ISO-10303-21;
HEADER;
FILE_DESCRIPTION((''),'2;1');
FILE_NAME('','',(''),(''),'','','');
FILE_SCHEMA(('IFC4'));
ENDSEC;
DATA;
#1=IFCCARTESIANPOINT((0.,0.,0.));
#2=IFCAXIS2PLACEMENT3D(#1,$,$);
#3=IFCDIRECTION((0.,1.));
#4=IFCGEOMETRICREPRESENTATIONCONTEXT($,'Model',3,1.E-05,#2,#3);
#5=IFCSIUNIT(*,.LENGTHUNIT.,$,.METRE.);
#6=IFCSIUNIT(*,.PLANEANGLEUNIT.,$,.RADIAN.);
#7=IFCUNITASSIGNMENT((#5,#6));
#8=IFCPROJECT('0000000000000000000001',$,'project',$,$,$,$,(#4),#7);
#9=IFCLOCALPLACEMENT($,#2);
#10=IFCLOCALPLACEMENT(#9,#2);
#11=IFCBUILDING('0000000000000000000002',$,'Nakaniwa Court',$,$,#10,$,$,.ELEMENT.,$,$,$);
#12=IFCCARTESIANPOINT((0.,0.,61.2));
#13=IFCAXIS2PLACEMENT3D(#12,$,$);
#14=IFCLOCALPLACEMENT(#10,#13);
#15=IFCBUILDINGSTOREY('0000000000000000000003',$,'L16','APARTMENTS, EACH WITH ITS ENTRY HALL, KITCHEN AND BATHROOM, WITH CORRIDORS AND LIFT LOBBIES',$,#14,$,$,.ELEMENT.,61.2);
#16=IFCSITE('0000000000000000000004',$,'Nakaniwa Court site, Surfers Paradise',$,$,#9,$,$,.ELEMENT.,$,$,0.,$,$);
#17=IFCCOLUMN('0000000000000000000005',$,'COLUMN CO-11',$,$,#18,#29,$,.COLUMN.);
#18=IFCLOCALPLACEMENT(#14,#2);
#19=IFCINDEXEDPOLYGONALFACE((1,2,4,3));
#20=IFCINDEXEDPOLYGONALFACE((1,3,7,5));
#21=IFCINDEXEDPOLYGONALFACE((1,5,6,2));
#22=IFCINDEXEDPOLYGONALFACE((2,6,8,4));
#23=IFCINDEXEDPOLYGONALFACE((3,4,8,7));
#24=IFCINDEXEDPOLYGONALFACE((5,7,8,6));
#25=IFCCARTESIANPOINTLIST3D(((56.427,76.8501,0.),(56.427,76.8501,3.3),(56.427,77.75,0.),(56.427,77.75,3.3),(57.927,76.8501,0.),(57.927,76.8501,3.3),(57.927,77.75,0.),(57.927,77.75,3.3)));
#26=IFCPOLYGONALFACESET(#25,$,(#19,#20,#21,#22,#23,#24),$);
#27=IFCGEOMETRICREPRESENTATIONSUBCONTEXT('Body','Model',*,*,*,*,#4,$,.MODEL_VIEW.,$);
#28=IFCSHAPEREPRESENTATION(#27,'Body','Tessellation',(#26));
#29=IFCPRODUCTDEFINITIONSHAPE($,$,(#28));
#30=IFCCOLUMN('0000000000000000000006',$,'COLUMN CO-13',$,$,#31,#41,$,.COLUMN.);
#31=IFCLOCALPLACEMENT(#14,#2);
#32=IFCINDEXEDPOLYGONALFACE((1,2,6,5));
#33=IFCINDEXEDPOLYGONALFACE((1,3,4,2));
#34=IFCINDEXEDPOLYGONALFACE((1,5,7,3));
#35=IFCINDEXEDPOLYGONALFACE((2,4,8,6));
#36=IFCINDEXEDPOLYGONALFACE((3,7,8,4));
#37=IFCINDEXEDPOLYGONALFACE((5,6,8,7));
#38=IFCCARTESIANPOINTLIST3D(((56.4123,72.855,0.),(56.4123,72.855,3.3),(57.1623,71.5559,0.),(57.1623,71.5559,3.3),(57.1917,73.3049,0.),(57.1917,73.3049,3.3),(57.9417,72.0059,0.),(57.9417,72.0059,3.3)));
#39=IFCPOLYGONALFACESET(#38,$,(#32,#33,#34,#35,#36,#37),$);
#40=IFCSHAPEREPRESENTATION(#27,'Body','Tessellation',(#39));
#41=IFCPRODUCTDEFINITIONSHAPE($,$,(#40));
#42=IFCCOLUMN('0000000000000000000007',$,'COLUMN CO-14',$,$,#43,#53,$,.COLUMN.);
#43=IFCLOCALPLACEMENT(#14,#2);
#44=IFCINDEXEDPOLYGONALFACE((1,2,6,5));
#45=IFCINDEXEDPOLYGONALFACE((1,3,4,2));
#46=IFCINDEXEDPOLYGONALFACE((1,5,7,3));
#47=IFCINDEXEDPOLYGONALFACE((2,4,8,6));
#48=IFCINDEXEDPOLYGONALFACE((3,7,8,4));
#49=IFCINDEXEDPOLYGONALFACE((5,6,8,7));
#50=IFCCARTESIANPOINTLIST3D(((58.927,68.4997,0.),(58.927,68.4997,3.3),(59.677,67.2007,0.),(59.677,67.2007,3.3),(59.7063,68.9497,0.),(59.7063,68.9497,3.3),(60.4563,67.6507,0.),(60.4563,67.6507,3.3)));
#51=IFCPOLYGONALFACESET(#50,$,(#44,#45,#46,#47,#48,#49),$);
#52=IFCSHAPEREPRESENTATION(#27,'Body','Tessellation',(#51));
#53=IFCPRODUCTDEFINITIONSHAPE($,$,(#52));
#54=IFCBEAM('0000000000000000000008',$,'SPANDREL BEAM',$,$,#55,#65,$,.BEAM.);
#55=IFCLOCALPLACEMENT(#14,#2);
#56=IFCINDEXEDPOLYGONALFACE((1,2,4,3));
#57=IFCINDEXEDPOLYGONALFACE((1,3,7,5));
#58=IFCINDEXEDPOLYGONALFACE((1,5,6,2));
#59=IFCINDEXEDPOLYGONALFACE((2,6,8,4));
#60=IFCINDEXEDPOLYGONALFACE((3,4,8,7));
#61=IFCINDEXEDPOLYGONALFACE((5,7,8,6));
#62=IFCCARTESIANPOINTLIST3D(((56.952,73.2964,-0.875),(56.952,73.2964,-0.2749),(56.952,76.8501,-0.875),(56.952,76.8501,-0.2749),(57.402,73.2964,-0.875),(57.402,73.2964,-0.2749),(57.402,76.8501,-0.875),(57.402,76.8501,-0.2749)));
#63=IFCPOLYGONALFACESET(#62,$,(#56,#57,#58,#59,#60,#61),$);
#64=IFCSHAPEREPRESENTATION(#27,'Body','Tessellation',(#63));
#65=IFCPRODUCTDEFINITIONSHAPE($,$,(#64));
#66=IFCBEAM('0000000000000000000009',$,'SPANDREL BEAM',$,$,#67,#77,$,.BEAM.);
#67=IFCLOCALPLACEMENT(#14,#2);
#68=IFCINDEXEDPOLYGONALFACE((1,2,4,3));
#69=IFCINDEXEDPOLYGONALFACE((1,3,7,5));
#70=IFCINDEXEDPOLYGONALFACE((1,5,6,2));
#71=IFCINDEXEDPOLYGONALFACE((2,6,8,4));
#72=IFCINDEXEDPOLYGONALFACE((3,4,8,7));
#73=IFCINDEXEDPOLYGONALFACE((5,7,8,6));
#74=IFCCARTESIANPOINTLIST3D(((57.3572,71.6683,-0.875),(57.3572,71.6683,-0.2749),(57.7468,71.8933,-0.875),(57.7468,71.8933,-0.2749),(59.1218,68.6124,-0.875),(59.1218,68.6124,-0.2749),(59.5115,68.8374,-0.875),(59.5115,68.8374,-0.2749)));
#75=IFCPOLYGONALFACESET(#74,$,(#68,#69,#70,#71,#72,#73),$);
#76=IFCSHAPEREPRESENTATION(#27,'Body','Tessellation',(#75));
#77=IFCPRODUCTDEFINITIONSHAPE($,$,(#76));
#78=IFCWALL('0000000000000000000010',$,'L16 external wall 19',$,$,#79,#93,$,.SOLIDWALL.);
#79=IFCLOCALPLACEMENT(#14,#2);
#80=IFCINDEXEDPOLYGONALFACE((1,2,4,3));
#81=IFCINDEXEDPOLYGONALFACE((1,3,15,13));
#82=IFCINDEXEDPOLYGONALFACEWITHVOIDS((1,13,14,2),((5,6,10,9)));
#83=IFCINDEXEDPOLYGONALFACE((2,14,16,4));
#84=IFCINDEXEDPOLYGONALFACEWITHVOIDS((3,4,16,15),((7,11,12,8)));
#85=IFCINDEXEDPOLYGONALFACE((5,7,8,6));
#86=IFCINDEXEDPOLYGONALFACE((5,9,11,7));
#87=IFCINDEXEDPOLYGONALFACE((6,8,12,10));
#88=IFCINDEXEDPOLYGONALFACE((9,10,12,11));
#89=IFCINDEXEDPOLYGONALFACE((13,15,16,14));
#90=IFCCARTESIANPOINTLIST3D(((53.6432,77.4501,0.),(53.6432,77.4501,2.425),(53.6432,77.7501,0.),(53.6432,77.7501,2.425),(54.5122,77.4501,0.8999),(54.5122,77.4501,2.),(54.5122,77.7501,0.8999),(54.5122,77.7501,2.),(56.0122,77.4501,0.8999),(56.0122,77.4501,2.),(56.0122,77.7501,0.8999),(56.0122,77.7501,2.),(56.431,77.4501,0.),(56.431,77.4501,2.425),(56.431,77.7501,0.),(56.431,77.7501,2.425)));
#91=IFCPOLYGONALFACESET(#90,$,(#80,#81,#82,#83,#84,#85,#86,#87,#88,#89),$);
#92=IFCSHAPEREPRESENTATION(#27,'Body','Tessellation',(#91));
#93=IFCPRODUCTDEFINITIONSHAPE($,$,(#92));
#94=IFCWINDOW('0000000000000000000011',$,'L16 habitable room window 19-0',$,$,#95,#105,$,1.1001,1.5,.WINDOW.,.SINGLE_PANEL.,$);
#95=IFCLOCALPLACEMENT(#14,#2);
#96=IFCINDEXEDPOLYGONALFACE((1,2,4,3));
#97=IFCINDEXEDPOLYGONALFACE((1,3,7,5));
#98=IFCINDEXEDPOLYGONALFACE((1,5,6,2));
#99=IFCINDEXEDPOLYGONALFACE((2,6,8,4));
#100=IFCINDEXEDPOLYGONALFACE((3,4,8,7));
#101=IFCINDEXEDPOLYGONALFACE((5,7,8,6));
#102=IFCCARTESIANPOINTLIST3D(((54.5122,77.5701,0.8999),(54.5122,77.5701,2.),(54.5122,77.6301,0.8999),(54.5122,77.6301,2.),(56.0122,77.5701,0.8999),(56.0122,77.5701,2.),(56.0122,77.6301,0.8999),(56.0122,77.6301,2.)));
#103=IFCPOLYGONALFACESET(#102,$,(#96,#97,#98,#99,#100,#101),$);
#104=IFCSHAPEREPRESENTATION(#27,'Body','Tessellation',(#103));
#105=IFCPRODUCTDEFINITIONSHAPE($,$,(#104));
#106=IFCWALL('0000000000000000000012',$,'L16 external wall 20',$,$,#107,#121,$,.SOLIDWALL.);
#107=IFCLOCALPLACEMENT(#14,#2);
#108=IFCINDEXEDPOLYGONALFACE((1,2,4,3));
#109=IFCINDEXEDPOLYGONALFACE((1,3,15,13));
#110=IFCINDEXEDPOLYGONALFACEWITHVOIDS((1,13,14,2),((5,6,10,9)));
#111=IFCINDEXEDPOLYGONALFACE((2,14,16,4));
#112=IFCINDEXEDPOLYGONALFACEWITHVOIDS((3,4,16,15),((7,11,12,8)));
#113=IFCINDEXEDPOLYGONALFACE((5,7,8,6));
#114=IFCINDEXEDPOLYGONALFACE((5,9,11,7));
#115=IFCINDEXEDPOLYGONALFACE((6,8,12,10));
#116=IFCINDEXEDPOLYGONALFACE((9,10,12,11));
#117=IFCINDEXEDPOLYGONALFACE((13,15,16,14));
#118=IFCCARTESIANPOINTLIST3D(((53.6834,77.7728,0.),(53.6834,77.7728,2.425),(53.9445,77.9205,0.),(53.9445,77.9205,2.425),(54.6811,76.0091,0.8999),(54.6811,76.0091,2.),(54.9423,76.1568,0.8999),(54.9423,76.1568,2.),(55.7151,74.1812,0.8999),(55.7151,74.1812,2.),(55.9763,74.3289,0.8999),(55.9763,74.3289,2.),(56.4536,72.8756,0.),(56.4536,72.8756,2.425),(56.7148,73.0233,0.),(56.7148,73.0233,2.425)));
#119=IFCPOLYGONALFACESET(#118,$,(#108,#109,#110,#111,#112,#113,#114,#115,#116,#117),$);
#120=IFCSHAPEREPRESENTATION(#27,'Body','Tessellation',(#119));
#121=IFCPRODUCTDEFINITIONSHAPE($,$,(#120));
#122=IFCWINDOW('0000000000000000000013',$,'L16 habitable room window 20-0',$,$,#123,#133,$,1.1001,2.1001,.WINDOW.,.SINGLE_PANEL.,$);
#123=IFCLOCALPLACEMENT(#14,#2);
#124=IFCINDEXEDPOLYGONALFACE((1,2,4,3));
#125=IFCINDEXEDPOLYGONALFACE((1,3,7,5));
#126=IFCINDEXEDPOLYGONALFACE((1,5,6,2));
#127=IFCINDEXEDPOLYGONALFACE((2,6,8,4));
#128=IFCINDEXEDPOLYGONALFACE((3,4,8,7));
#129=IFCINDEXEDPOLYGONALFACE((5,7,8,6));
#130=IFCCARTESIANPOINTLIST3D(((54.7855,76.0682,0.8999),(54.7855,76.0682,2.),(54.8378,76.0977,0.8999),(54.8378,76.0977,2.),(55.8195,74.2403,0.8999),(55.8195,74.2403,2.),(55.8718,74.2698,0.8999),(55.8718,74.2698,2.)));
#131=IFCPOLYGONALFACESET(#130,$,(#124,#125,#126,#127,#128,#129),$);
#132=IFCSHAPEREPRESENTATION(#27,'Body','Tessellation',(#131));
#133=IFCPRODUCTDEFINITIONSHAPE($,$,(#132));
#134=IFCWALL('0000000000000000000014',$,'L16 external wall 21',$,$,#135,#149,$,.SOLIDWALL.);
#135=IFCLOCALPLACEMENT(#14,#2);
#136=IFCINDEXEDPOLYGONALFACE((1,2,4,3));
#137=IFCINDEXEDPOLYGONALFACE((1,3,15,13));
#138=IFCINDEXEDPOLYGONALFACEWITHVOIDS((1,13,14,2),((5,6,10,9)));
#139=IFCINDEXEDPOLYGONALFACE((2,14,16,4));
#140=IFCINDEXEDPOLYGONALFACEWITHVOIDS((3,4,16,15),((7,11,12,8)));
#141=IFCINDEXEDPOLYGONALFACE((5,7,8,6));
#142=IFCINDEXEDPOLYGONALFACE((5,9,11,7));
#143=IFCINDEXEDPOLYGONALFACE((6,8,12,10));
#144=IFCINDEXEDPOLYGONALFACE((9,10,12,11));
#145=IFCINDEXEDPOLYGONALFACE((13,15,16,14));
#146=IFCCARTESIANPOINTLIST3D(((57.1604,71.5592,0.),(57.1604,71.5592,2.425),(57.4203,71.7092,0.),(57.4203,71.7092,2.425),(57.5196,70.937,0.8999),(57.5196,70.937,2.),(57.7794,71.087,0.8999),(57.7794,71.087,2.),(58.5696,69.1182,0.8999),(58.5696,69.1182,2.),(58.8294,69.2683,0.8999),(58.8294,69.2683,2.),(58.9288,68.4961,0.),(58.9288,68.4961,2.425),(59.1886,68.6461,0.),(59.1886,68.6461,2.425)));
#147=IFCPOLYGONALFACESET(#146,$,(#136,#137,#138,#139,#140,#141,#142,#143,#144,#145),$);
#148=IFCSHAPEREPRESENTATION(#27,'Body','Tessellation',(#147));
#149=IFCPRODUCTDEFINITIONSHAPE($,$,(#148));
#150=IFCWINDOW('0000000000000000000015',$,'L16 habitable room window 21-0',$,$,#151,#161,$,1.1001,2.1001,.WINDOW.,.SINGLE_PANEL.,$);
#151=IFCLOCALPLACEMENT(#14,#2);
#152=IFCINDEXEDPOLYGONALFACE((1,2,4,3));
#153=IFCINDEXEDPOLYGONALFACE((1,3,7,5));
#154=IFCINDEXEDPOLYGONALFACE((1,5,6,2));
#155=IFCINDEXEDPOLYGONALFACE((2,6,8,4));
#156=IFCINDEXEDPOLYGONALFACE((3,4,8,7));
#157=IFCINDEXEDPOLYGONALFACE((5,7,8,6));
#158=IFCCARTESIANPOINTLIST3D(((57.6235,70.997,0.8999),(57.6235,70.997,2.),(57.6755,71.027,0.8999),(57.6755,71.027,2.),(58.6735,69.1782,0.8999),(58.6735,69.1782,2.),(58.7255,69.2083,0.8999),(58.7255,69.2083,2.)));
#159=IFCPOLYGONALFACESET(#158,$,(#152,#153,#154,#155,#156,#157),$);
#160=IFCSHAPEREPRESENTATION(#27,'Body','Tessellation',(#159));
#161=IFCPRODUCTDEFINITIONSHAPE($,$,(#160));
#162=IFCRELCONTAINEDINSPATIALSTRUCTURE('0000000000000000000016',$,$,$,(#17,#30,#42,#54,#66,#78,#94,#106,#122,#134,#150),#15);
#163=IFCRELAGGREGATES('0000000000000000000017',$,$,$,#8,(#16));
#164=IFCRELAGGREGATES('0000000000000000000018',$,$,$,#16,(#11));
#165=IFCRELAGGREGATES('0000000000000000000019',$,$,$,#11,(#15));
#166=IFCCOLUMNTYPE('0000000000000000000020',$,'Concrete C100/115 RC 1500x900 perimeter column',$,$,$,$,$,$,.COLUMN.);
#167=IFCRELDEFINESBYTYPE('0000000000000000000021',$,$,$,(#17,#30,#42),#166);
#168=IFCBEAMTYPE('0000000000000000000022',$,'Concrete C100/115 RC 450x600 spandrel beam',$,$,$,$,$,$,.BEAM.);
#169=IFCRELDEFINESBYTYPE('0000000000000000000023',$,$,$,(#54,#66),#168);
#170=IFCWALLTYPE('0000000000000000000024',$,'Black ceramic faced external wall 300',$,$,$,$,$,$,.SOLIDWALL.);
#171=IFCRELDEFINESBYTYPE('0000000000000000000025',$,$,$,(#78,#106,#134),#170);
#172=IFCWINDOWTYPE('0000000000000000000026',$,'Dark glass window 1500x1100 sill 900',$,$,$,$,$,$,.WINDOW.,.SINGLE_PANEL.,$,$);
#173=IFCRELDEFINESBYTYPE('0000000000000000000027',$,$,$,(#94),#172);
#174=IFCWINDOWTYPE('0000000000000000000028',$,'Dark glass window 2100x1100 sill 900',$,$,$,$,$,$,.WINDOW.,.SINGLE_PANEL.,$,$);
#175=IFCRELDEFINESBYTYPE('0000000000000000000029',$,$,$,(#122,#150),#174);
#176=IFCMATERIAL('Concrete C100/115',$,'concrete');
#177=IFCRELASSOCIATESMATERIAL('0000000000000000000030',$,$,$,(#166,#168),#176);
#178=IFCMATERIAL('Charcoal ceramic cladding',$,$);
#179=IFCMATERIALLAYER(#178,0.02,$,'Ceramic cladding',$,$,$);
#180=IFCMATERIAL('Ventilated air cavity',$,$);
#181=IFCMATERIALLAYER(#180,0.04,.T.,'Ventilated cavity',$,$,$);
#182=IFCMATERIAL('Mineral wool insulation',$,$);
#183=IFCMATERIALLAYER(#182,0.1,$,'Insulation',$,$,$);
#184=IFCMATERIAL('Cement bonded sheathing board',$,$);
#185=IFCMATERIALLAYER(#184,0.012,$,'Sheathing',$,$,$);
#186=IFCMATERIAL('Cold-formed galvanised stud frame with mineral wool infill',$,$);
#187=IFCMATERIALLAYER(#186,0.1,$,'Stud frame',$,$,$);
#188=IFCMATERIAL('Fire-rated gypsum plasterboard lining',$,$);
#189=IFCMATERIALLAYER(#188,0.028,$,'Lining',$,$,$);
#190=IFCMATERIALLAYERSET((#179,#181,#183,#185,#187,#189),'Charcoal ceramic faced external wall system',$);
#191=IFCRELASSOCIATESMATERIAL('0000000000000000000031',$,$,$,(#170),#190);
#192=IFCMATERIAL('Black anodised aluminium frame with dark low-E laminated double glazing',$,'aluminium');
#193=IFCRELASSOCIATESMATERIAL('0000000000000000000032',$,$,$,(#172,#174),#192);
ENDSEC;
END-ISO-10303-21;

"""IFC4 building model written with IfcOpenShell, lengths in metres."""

from ifc_helpers import new_model, si_unit, direction, frame, frame_2d, origin, origin_2d, place, context, subcontext, project, spatial, rectangle, extrude, material, layer, layer_set, material_profile, profile_set, type_object, element, fill, save


model = new_model("IFC4")

# Units and contexts
model_context = context("Model", 3, precision=1e-05, world=origin(), true_north=direction((0.0, 1.0)))
body_context = subcontext(model_context, "Body", "Model", "MODEL_VIEW")
ifc_project = project(units=[si_unit("LENGTHUNIT", "METRE"), si_unit("PLANEANGLEUNIT", "RADIAN")], contexts=[model_context])

# Site, building, storey
site_placement = place(None, origin())
site = spatial("IfcSite", under=ifc_project, at=site_placement, Name="Nakaniwa Court site, Surfers Paradise", CompositionType="ELEMENT", RefElevation=0.0)
building_placement = place(site_placement, origin())
building = spatial("IfcBuilding", under=site, at=building_placement, Name="Nakaniwa Court", CompositionType="ELEMENT")
storey_placement = place(building_placement, frame((0.0, 0.0, 61.2)))
storey = spatial("IfcBuildingStorey", under=building, at=storey_placement, Name="L16", Description="APARTMENTS, EACH WITH ITS ENTRY HALL, KITCHEN AND BATHROOM, WITH CORRIDORS AND LIFT LOBBIES", CompositionType="ELEMENT", Elevation=61.2)

# Columns
ifc_material_1 = material(Name="Concrete C100/115", Category="concrete")
ifc_material_profile_1 = material_profile(ifc_material_1, rectangle(XDim=1.5, YDim=0.8999, at=origin_2d()), Name="Concrete C100/115 RC 1500x900 perimeter column")
ifc_profile_set_1 = profile_set([ifc_material_profile_1], Name="Concrete C100/115")
column_type = type_object("IfcColumnType", Name="Concrete C100/115 RC 1500x900 perimeter column", PredefinedType="COLUMN", material=ifc_profile_set_1)
for number, where, z_axis, x_axis, name in (
    (1, (57.177, 77.3, 0.0), (0.0, 0.0, 1.0), (-1.0, 0.0, 0.0), "COLUMN CO-11"),
    (2, (57.177, 72.4304, 0.0), (0.0, 0.0, 1.0), (0.5, -0.866025, 0.0), "COLUMN CO-13"),
    (3, (59.6917, 68.0752, 0.0), (0.0, 0.0, 1.0), (0.5, -0.866025, 0.0), "COLUMN CO-14"),
):
    element("IfcColumn", number, at=place(storey_placement, frame(where, z_axis=z_axis, x_axis=x_axis)), inside=storey, type_object=column_type, Name=name, PredefinedType="COLUMN", context=body_context, shape_type="SweptSolid", body=[
        extrude(rectangle(XDim=1.5, YDim=0.8999, at=origin_2d()), origin(), (0.0, 0.0, 1.0), 3.3),
    ])

# Beams
ifc_material_profile_2 = material_profile(ifc_material_1, rectangle(XDim=0.45, YDim=0.6001, at=origin_2d()), Name="Concrete C100/115 RC 450x600 spandrel beam")
ifc_profile_set_2 = profile_set([ifc_material_profile_2], Name="Concrete C100/115")
beam_type = type_object("IfcBeamType", Name="Concrete C100/115 RC 450x600 spandrel beam", PredefinedType="BEAM", material=ifc_profile_set_2)
beam_1_placement = place(storey_placement, frame((57.177, 76.8501, -0.575), z_axis=(0.0, -1.0, 0.0), x_axis=(1.0, 0.0, 0.0)))
element("IfcBeam", 4, at=beam_1_placement, inside=storey, type_object=beam_type, Name="SPANDREL BEAM", PredefinedType="BEAM", context=body_context, shape_type="SweptSolid", body=[
    extrude(rectangle(XDim=0.45, YDim=0.6001, at=origin_2d()), origin(), (0.0, 0.0, 1.0), 3.5537),
])
beam_2_placement = place(storey_placement, frame((57.552, 71.7808, -0.575), z_axis=(0.500068, -0.865986, 0.0), x_axis=(0.865986, 0.500068, 0.0)))
element("IfcBeam", 5, at=beam_2_placement, inside=storey, type_object=beam_type, Name="SPANDREL BEAM", PredefinedType="BEAM", context=body_context, shape_type="SweptSolid", body=[
    extrude(rectangle(XDim=0.45, YDim=0.6001, at=origin_2d()), origin(), (0.0, 0.0, 1.0), 3.5288),
])

# Walls, openings, windows
ifc_material_2 = material(Name="Charcoal ceramic cladding")
ifc_layer_1 = layer(ifc_material_2, 0.02, Name="Ceramic cladding")
ifc_material_3 = material(Name="Ventilated air cavity")
ifc_layer_2 = layer(ifc_material_3, 0.04, ventilated=True, Name="Ventilated cavity")
ifc_material_4 = material(Name="Mineral wool insulation")
ifc_layer_3 = layer(ifc_material_4, 0.1, Name="Insulation")
ifc_material_5 = material(Name="Cement bonded sheathing board")
ifc_layer_4 = layer(ifc_material_5, 0.012, Name="Sheathing")
ifc_material_6 = material(Name="Cold-formed galvanised stud frame with mineral wool infill")
ifc_layer_5 = layer(ifc_material_6, 0.1, Name="Stud frame")
ifc_material_7 = material(Name="Fire-rated gypsum plasterboard lining")
ifc_layer_6 = layer(ifc_material_7, 0.028, Name="Lining")
ifc_layer_set = layer_set([ifc_layer_1, ifc_layer_2, ifc_layer_3, ifc_layer_4, ifc_layer_5, ifc_layer_6], Name="Charcoal ceramic faced external wall system")
wall_type = type_object("IfcWallType", Name="Black ceramic faced external wall 300", PredefinedType="SOLIDWALL", material=ifc_layer_set)
wall_1_placement = place(storey_placement, frame((56.4312, 77.6001, 0.0), z_axis=(0.0, 0.0, 1.0), x_axis=(-1.0, 0.0, 0.0)))
wall_1 = element("IfcWall", 6, at=wall_1_placement, inside=storey, type_object=wall_type, Name="L16 external wall 19", PredefinedType="SOLIDWALL", context=body_context, shape_type="SweptSolid", body=[
    extrude(rectangle(XDim=2.7878, YDim=0.3, at=frame_2d((1.394, 0.0))), origin(), (0.0, 0.0, 1.0), 2.425),
])
opening_1_placement = place(wall_1_placement, frame((0.4189, 0.0, 0.8999)))
opening_1 = element("IfcOpeningElement", 7, at=opening_1_placement, cuts=wall_1, PredefinedType="OPENING", context=body_context, shape_type="SweptSolid", body=[
    extrude(rectangle(XDim=1.5, YDim=1.1001, at=frame_2d((0.75, 0.55))), frame((0.0, 0.1599, 0.0), z_axis=(0.0, -1.0, 0.0), x_axis=(1.0, 0.0, 0.0)), (0.0, 0.0, 1.0), 0.3201),
])
ifc_material_8 = material(Name="Black anodised aluminium frame with dark low-E laminated double glazing", Category="aluminium")
window_type_1 = type_object("IfcWindowType", Name="Dark glass window 1500x1100 sill 900", PartitioningType="SINGLE_PANEL", PredefinedType="WINDOW", material=ifc_material_8)
window_1_placement = place(opening_1_placement, origin())
window_1 = element("IfcWindow", 8, at=window_1_placement, inside=storey, type_object=window_type_1, Name="L16 habitable room window 19-0", OverallHeight=1.1001, OverallWidth=1.5, PartitioningType="SINGLE_PANEL", PredefinedType="WINDOW", context=body_context, shape_type="SweptSolid", body=[
    extrude(rectangle(XDim=1.5, YDim=1.1001, at=frame_2d((0.75, 0.55))), frame((0.0, 0.03, 0.0), z_axis=(0.0, -1.0, 0.0), x_axis=(1.0, 0.0, 0.0)), (0.0, 0.0, 1.0), 0.0601),
])
fill(opening_1, window_1)
wall_2_placement = place(storey_placement, frame((53.814, 77.8467, 0.0), z_axis=(0.0, 0.0, 1.0), x_axis=(0.492363, -0.87039, 0.0)))
wall_2 = element("IfcWall", 9, at=wall_2_placement, inside=storey, type_object=wall_type, Name="L16 external wall 20", PredefinedType="SOLIDWALL", context=body_context, shape_type="SweptSolid", body=[
    extrude(rectangle(XDim=5.6265, YDim=0.3, at=frame_2d((2.8132, 0.0))), origin(), (0.0, 0.0, 1.0), 2.425),
])
opening_2_placement = place(wall_2_placement, frame((2.0264, 0.0, 0.8999)))
opening_2 = element("IfcOpeningElement", 10, at=opening_2_placement, cuts=wall_2, PredefinedType="OPENING", context=body_context, shape_type="SweptSolid", body=[
    extrude(rectangle(XDim=2.1001, YDim=1.1001, at=frame_2d((1.05, 0.55))), frame((0.0, 0.1599, 0.0), z_axis=(0.0, -1.0, 0.0), x_axis=(1.0, 0.0, 0.0)), (0.0, 0.0, 1.0), 0.3201),
])
window_type_2 = type_object("IfcWindowType", Name="Dark glass window 2100x1100 sill 900", PartitioningType="SINGLE_PANEL", PredefinedType="WINDOW", material=ifc_material_8)
window_2_placement = place(opening_2_placement, origin())
window_2 = element("IfcWindow", 11, at=window_2_placement, inside=storey, type_object=window_type_2, Name="L16 habitable room window 20-0", OverallHeight=1.1001, OverallWidth=2.1001, PartitioningType="SINGLE_PANEL", PredefinedType="WINDOW", context=body_context, shape_type="SweptSolid", body=[
    extrude(rectangle(XDim=2.1001, YDim=1.1001, at=frame_2d((1.05, 0.55))), frame((0.0, 0.03, 0.0), z_axis=(0.0, -1.0, 0.0), x_axis=(1.0, 0.0, 0.0)), (0.0, 0.0, 1.0), 0.0601),
])
fill(opening_2, window_2)
wall_3_placement = place(storey_placement, frame((57.2903, 71.6343, 0.0), z_axis=(0.0, 0.0, 1.0), x_axis=(0.499977, -0.866038, 0.0)))
wall_3 = element("IfcWall", 12, at=wall_3_placement, inside=storey, type_object=wall_type, Name="L16 external wall 21", PredefinedType="SOLIDWALL", context=body_context, shape_type="SweptSolid", body=[
    extrude(rectangle(XDim=3.5369, YDim=0.3, at=frame_2d((1.7686, 0.0))), origin(), (0.0, 0.0, 1.0), 2.425),
])
opening_3_placement = place(wall_3_placement, frame((0.7185, 0.0, 0.8999)))
opening_3 = element("IfcOpeningElement", 13, at=opening_3_placement, cuts=wall_3, PredefinedType="OPENING", context=body_context, shape_type="SweptSolid", body=[
    extrude(rectangle(XDim=2.1001, YDim=1.1001, at=frame_2d((1.05, 0.55))), frame((0.0, 0.1599, 0.0), z_axis=(0.0, -1.0, 0.0), x_axis=(1.0, 0.0, 0.0)), (0.0, 0.0, 1.0), 0.3201),
])
window_3_placement = place(opening_3_placement, origin())
window_3 = element("IfcWindow", 14, at=window_3_placement, inside=storey, type_object=window_type_2, Name="L16 habitable room window 21-0", OverallHeight=1.1001, OverallWidth=2.1001, PartitioningType="SINGLE_PANEL", PredefinedType="WINDOW", context=body_context, shape_type="SweptSolid", body=[
    extrude(rectangle(XDim=2.1001, YDim=1.1001, at=frame_2d((1.05, 0.55))), frame((0.0, 0.03, 0.0), z_axis=(0.0, -1.0, 0.0), x_axis=(1.0, 0.0, 0.0)), (0.0, 0.0, 1.0), 0.0601),
])
fill(opening_3, window_3)

save(model, "model.ifc")
